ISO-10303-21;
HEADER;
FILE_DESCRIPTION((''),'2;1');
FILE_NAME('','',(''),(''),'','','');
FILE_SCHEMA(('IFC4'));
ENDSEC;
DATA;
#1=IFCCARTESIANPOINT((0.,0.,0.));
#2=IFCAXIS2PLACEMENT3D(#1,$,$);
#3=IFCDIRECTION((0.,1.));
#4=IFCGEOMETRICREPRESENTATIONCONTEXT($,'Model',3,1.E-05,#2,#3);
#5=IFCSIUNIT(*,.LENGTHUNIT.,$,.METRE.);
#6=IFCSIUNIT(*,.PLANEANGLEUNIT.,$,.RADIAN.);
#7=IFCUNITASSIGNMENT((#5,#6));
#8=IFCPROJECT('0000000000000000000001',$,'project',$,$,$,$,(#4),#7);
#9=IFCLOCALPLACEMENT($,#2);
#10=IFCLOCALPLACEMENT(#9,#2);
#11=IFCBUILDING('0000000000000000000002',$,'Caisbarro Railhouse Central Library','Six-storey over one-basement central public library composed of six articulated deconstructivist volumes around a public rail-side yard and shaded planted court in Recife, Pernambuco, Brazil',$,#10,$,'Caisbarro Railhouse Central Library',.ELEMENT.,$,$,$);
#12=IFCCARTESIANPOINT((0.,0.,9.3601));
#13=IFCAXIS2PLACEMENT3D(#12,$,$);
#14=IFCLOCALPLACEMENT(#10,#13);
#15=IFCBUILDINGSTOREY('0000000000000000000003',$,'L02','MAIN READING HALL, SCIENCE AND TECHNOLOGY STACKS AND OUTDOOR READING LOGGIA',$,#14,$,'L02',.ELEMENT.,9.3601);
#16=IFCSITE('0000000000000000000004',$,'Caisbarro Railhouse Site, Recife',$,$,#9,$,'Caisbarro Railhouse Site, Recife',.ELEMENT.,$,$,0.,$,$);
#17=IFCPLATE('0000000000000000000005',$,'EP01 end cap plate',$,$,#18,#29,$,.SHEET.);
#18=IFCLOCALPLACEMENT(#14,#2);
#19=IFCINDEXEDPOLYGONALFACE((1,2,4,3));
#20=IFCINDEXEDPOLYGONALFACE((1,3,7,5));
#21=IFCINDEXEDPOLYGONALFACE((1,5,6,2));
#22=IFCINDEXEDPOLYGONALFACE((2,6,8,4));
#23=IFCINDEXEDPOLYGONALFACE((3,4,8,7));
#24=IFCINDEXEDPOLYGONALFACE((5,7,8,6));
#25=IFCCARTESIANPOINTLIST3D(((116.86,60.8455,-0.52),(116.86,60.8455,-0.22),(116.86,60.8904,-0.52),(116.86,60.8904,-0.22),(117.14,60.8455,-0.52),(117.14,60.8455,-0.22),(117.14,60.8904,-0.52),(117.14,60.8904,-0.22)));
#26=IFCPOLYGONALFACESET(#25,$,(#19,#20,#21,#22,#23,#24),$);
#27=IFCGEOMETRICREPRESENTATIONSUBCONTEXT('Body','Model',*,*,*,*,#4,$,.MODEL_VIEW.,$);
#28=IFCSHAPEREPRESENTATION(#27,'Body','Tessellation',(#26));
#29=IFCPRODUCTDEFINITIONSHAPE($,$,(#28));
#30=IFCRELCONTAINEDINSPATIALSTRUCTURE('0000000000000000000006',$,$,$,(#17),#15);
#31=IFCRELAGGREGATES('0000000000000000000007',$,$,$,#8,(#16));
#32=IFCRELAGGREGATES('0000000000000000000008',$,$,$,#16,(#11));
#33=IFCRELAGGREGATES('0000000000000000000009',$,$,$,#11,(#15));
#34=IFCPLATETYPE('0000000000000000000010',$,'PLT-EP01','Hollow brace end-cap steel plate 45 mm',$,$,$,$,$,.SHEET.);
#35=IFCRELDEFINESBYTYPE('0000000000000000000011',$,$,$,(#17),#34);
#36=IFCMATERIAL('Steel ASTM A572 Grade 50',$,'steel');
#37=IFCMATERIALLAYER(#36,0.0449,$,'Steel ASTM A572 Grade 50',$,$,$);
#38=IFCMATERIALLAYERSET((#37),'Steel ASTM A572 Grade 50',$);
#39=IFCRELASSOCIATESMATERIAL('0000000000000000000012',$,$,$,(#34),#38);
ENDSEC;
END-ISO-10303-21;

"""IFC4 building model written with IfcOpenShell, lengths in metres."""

from ifc_helpers import new_model, si_unit, direction, frame, origin, origin_2d, place, context, subcontext, project, spatial, rectangle, extrude, material, layer, layer_set, type_object, element, save


model = new_model("IFC4")

# Units and contexts
model_context = context("Model", 3, precision=1e-05, world=origin(), true_north=direction((0.0, 1.0)))
body_context = subcontext(model_context, "Body", "Model", "MODEL_VIEW")
ifc_project = project(units=[si_unit("LENGTHUNIT", "METRE"), si_unit("PLANEANGLEUNIT", "RADIAN")], contexts=[model_context])

# Site, building, storey
site_placement = place(None, origin())
site = spatial("IfcSite", under=ifc_project, at=site_placement, Name="Caisbarro Railhouse Site, Recife", LongName="Caisbarro Railhouse Site, Recife", CompositionType="ELEMENT", RefElevation=0.0)
building_placement = place(site_placement, origin())
building = spatial("IfcBuilding", under=site, at=building_placement, Name="Caisbarro Railhouse Central Library", Description="Six-storey over one-basement central public library composed of six articulated deconstructivist volumes around a public rail-side yard and shaded planted court in Recife, Pernambuco, Brazil", LongName="Caisbarro Railhouse Central Library", CompositionType="ELEMENT")
storey_placement = place(building_placement, frame((0.0, 0.0, 9.3601)))
storey = spatial("IfcBuildingStorey", under=building, at=storey_placement, Name="L02", Description="MAIN READING HALL, SCIENCE AND TECHNOLOGY STACKS AND OUTDOOR READING LOGGIA", LongName="L02", CompositionType="ELEMENT", Elevation=9.3601)

# Shared definitions
ifc_material_1 = material(Name="Steel ASTM A572 Grade 50", Category="steel")

# Plate
ifc_layer_1 = layer(ifc_material_1, 0.0449, Name="Steel ASTM A572 Grade 50")
ifc_layer_set_1 = layer_set([ifc_layer_1], Name="Steel ASTM A572 Grade 50")
plate_type_1 = type_object("IfcPlateType", Name="PLT-EP01", Description="Hollow brace end-cap steel plate 45 mm", PredefinedType="SHEET", material=ifc_layer_set_1)
plate_1_placement = place(storey_placement, frame((117.0, 60.8679, -0.52), z_axis=(0.0, 0.0, 1.0), x_axis=(0.0, 1.0, 0.0)))
element("IfcPlate", 1, at=plate_1_placement, inside=storey, type_object=plate_type_1, Name="EP01 end cap plate", PredefinedType="SHEET", context=body_context, shape_type="SweptSolid", body=[
    extrude(rectangle(XDim=0.0449, YDim=0.28, at=origin_2d()), origin(), (0.0, 0.0, 1.0), 0.3),
])

save(model, "model.ifc")
